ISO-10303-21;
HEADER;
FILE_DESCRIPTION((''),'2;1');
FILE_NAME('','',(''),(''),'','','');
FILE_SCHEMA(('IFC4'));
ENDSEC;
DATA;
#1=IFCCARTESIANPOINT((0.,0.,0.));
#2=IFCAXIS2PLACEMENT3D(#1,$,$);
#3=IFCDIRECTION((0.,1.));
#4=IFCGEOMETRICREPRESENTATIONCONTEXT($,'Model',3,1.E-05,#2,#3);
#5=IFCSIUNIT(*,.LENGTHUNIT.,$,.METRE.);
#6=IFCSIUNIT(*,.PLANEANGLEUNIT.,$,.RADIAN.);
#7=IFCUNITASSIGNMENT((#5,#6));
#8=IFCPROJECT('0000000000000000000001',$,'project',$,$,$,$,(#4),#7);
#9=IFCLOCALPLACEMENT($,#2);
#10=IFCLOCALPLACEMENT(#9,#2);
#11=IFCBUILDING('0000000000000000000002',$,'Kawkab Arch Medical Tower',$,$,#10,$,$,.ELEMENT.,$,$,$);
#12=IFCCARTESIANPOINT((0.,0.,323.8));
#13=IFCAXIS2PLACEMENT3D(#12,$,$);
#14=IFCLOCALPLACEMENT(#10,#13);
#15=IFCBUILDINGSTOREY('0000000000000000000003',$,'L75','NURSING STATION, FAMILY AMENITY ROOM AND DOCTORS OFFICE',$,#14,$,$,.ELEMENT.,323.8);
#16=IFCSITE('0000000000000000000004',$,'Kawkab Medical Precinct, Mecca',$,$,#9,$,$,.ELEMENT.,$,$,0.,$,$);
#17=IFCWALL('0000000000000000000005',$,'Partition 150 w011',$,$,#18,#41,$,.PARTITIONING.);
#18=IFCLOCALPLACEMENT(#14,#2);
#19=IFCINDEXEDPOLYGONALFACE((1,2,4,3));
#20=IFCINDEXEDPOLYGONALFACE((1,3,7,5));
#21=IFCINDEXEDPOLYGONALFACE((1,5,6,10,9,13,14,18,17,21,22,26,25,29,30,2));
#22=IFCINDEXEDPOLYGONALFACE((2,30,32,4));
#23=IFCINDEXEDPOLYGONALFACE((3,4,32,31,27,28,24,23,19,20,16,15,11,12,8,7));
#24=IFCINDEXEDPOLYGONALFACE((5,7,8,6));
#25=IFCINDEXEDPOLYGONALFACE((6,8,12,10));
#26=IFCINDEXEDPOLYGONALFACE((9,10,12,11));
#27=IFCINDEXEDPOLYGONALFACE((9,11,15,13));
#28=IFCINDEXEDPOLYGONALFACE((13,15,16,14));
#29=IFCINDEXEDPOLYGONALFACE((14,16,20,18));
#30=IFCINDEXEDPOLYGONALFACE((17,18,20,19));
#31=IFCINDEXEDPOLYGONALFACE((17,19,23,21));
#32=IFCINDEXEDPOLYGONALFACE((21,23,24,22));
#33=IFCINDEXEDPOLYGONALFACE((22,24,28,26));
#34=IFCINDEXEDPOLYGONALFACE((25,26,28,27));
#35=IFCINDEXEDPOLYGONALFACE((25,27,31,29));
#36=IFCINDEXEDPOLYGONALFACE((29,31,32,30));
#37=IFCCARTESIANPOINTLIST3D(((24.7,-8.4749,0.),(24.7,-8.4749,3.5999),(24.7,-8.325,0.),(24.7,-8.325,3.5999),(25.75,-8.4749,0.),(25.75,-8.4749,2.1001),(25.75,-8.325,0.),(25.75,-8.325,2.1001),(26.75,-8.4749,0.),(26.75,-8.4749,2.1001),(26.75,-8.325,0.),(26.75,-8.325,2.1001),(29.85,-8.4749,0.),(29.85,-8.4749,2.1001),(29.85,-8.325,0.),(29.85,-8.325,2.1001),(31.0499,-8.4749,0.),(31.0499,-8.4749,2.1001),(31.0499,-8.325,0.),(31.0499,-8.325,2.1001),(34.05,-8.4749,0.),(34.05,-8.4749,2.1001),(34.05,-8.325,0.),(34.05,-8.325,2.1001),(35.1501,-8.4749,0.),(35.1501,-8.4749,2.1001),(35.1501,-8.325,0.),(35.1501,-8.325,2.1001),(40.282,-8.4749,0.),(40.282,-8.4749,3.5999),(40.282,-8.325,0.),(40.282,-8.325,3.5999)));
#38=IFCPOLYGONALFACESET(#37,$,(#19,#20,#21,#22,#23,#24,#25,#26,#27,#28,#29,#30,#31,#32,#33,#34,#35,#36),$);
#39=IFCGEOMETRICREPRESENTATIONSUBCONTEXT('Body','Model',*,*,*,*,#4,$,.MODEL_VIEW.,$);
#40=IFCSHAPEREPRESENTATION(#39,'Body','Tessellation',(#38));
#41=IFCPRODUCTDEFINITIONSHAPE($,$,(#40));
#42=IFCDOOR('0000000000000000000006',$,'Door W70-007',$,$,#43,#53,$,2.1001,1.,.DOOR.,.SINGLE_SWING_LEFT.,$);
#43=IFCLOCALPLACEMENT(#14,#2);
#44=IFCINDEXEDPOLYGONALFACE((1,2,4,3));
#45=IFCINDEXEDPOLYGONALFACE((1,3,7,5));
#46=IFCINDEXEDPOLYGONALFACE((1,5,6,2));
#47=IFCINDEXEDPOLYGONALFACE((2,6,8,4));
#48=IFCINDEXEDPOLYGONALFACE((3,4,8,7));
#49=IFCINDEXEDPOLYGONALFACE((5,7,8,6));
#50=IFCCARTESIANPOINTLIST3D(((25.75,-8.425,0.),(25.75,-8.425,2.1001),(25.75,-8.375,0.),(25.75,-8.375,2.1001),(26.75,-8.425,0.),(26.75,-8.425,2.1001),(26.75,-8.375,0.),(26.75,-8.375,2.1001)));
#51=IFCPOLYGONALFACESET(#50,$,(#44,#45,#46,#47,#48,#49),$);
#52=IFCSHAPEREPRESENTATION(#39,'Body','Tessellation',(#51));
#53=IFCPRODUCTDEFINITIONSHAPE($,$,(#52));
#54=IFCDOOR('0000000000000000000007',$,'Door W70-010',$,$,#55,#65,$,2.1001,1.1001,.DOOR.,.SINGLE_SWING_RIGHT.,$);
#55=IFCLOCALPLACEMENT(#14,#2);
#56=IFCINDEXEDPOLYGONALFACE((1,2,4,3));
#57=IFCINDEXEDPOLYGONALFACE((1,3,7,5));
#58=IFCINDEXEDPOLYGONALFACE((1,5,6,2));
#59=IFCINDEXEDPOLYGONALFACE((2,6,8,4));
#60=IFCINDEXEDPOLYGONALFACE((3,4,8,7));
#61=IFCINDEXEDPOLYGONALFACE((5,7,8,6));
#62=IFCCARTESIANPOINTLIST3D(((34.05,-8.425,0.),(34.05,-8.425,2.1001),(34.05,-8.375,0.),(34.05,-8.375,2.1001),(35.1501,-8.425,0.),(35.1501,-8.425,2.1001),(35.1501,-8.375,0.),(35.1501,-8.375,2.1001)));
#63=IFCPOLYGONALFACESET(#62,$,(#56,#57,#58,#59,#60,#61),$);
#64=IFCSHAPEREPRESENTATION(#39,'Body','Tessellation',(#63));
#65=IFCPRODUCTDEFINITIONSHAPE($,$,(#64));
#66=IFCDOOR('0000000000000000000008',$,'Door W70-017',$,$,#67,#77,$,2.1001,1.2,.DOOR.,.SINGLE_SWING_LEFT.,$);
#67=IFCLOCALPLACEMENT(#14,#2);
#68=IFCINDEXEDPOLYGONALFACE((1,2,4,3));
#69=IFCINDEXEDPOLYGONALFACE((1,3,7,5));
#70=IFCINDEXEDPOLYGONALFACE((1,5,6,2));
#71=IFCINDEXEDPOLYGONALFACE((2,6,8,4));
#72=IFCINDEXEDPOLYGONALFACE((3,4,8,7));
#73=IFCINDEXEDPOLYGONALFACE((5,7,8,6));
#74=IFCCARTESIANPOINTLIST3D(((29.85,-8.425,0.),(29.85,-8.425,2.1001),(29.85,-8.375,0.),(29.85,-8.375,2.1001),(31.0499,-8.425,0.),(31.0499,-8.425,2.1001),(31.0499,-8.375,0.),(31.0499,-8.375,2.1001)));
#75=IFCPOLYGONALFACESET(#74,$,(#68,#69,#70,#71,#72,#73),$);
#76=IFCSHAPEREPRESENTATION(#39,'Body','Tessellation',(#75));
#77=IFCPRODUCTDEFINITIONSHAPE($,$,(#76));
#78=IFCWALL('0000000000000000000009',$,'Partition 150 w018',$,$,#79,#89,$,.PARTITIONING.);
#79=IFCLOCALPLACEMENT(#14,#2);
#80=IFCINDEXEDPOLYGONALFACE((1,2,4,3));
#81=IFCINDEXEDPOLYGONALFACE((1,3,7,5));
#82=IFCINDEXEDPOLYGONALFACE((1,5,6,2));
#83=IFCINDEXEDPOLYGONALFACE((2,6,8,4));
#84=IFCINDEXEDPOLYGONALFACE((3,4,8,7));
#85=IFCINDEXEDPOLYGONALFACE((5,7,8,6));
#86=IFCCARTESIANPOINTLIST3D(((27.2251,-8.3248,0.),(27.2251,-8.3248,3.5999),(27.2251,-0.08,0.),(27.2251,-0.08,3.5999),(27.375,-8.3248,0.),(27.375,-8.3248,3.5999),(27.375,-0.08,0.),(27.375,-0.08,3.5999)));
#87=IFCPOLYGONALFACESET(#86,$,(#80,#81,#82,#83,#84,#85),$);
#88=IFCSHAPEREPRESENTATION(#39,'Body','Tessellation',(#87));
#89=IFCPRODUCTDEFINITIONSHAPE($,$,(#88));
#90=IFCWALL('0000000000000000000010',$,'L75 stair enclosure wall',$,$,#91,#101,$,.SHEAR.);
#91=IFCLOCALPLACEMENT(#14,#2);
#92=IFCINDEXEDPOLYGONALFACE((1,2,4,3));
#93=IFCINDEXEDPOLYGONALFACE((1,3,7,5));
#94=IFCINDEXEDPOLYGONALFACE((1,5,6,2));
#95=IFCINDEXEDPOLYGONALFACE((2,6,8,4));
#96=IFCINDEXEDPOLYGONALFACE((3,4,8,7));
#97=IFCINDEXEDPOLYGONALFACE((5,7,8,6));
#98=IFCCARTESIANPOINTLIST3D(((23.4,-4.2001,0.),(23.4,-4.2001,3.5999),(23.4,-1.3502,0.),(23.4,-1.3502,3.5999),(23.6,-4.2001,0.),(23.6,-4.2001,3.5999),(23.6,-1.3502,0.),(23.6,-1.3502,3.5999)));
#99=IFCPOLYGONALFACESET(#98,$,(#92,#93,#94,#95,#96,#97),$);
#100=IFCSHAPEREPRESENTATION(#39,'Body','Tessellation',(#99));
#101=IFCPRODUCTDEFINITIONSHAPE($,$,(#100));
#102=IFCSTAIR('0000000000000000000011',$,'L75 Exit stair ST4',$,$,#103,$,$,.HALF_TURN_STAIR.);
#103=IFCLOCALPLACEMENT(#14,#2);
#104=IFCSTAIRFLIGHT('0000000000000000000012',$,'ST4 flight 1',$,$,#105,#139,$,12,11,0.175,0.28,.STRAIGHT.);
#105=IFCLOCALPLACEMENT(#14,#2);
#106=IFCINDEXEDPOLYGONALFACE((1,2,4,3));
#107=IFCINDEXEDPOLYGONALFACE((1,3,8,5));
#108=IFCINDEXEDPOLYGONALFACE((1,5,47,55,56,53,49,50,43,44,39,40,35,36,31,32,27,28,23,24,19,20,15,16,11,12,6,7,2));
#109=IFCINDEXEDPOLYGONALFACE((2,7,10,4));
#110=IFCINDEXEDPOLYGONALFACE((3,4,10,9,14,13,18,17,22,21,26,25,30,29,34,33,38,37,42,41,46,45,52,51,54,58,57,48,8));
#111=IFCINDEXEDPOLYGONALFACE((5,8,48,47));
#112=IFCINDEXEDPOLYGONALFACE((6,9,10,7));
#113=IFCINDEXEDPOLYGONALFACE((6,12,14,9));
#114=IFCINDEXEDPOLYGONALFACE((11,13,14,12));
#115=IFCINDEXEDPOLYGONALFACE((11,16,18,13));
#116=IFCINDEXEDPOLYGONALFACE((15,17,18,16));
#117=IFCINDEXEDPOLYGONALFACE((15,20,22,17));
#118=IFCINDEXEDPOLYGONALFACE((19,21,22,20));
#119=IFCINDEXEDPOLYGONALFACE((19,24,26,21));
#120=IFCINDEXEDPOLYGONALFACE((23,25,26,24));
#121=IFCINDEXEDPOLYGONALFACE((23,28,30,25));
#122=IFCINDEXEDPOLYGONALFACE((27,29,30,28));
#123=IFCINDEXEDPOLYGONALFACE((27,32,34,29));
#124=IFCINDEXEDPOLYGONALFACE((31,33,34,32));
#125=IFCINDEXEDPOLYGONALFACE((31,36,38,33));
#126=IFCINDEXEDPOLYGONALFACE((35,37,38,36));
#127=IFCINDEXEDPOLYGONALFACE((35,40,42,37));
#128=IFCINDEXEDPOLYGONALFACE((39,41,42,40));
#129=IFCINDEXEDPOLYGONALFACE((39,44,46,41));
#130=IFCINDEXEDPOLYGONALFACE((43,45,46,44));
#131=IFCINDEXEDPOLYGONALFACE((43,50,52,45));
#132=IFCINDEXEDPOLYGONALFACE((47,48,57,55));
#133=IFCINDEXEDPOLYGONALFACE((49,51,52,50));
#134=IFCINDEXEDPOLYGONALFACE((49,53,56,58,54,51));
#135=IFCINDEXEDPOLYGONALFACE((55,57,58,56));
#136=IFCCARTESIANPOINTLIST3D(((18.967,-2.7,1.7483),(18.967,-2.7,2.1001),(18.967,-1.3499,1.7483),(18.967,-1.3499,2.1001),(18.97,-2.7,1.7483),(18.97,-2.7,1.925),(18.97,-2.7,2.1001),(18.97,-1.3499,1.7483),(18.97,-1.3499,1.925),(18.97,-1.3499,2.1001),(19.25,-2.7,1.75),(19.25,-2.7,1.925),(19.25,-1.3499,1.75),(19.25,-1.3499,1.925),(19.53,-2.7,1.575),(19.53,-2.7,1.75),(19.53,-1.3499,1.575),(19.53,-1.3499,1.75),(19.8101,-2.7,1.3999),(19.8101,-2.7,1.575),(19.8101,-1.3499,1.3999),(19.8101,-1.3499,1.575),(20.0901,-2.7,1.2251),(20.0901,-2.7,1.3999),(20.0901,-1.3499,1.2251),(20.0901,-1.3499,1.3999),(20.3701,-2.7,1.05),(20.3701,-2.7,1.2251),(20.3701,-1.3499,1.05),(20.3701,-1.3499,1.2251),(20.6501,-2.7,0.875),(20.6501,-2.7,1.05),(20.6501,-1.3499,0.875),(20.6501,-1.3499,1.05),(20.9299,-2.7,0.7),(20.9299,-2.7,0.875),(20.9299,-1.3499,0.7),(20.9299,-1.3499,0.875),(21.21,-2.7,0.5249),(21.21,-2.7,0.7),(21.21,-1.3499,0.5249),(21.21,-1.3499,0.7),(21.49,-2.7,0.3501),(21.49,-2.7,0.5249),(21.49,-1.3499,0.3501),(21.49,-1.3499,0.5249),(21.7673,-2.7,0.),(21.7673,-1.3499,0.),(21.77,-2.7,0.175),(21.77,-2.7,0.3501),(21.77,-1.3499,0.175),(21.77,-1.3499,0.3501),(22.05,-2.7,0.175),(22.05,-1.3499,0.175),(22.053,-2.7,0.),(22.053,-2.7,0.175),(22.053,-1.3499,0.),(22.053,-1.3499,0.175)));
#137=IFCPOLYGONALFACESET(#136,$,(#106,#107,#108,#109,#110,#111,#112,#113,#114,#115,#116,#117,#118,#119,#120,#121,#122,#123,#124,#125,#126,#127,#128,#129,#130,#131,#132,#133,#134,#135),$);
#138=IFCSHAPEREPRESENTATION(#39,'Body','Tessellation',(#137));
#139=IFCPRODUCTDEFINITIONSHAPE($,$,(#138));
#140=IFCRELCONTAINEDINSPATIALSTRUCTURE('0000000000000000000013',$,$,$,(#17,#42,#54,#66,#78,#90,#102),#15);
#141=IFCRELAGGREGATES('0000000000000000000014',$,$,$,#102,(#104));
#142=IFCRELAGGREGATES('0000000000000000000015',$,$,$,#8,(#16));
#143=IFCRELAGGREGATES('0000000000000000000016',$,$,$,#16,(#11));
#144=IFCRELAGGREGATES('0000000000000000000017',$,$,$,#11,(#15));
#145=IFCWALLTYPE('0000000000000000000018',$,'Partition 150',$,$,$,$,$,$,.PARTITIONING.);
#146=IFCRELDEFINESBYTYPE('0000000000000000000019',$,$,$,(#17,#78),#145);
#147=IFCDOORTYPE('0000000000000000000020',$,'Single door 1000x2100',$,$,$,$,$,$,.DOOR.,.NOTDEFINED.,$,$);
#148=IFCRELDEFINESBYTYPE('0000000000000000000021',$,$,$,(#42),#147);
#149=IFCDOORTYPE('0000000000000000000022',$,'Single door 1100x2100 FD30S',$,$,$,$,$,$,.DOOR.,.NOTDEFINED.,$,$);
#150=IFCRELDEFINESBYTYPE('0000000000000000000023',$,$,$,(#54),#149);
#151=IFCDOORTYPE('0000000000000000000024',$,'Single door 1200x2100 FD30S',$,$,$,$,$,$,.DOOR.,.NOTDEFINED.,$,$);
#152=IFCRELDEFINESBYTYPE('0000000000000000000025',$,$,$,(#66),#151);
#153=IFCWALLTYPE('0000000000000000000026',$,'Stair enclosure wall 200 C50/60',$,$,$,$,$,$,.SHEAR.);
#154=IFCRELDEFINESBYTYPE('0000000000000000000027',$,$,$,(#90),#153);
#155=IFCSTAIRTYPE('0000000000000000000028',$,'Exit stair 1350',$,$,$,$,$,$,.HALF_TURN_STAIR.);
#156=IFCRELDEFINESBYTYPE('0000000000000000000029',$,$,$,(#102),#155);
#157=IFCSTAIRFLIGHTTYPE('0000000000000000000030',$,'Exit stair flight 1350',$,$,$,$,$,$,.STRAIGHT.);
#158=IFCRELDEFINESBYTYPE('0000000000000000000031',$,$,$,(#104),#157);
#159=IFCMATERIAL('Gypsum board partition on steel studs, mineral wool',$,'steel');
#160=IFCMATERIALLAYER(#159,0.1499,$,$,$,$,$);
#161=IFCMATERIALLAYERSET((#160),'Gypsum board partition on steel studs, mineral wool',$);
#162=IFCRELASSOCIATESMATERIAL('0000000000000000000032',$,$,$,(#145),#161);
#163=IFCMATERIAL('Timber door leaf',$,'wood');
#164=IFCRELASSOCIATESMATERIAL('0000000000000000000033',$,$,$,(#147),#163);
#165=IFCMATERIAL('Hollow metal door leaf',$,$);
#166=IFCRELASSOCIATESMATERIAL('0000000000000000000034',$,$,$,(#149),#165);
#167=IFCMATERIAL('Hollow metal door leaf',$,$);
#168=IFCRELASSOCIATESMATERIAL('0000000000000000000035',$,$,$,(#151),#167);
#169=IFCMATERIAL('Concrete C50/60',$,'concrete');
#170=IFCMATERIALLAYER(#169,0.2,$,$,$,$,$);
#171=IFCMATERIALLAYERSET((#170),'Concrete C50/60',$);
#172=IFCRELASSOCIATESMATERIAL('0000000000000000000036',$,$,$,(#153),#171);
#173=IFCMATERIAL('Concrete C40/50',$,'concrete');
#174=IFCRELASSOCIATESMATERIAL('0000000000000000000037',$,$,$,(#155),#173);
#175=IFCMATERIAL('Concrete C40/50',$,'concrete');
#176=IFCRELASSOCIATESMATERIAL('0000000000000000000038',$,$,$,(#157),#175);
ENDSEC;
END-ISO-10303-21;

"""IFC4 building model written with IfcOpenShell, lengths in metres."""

from ifc_helpers import new_model, si_unit, direction, frame, frame_2d, origin, place, context, subcontext, project, spatial, polyline, rectangle, outline, extrude, material, layer, layer_set, type_object, element, fill, aggregate, save


model = new_model("IFC4")

# Units and contexts
model_context = context("Model", 3, precision=1e-05, world=origin(), true_north=direction((0.0, 1.0)))
body_context = subcontext(model_context, "Body", "Model", "MODEL_VIEW")
ifc_project = project(units=[si_unit("LENGTHUNIT", "METRE"), si_unit("PLANEANGLEUNIT", "RADIAN")], contexts=[model_context])

# Site, building, storey
site_placement = place(None, origin())
site = spatial("IfcSite", under=ifc_project, at=site_placement, Name="Kawkab Medical Precinct, Mecca", CompositionType="ELEMENT", RefElevation=0.0)
building_placement = place(site_placement, origin())
building = spatial("IfcBuilding", under=site, at=building_placement, Name="Kawkab Arch Medical Tower", CompositionType="ELEMENT")
storey_placement = place(building_placement, frame((0.0, 0.0, 323.8)))
storey = spatial("IfcBuildingStorey", under=building, at=storey_placement, Name="L75", Description="NURSING STATION, FAMILY AMENITY ROOM AND DOCTORS OFFICE", CompositionType="ELEMENT", Elevation=323.8)

# Shared definitions
placement = place(storey_placement, origin())

# Wall, openings, doors
ifc_material_1 = material(Name="Gypsum board partition on steel studs, mineral wool", Category="steel")
ifc_layer_1 = layer(ifc_material_1, 0.1499)
ifc_layer_set_1 = layer_set([ifc_layer_1], Name="Gypsum board partition on steel studs, mineral wool")
wall_type_1 = type_object("IfcWallType", Name="Partition 150", PredefinedType="PARTITIONING", material=ifc_layer_set_1)
wall_1_placement = place(storey_placement, frame((24.7, -8.3999, 0.0), z_axis=(0.0, 0.0, 1.0), x_axis=(1.0, 0.0, 0.0)))
wall_1 = element("IfcWall", 1, at=wall_1_placement, inside=storey, type_object=wall_type_1, Name="Partition 150 w011", PredefinedType="PARTITIONING", context=body_context, shape_type="SweptSolid", body=[
    extrude(rectangle(XDim=15.582, YDim=0.1499, at=frame_2d((7.791, 0.0))), origin(), (0.0, 0.0, 1.0), 3.5999),
])
opening_1_placement = place(wall_1_placement, frame((9.3501, 0.0, 0.0)))
opening_1 = element("IfcOpeningElement", 2, at=opening_1_placement, cuts=wall_1, PredefinedType="OPENING", context=body_context, shape_type="SweptSolid", body=[
    extrude(rectangle(XDim=1.1001, YDim=2.1001, at=frame_2d((0.55, 1.05))), frame((0.0, 0.085, 0.0), z_axis=(0.0, -1.0, 0.0), x_axis=(1.0, 0.0, 0.0)), (0.0, 0.0, 1.0), 0.1699),
])
opening_2_placement = place(wall_1_placement, frame((1.05, 0.0, 0.0)))
opening_2 = element("IfcOpeningElement", 3, at=opening_2_placement, cuts=wall_1, PredefinedType="OPENING", context=body_context, shape_type="SweptSolid", body=[
    extrude(rectangle(XDim=1.0, YDim=2.1001, at=frame_2d((0.5, 1.05))), frame((0.0, 0.085, 0.0), z_axis=(0.0, -1.0, 0.0), x_axis=(1.0, 0.0, 0.0)), (0.0, 0.0, 1.0), 0.1699),
])
opening_3_placement = place(wall_1_placement, frame((5.1499, 0.0, 0.0)))
opening_3 = element("IfcOpeningElement", 4, at=opening_3_placement, cuts=wall_1, PredefinedType="OPENING", context=body_context, shape_type="SweptSolid", body=[
    extrude(rectangle(XDim=1.2, YDim=2.1001, at=frame_2d((0.6001, 1.05))), frame((0.0, 0.085, 0.0), z_axis=(0.0, -1.0, 0.0), x_axis=(1.0, 0.0, 0.0)), (0.0, 0.0, 1.0), 0.1699),
])
ifc_material_2 = material(Name="Timber door leaf", Category="wood")
door_type_1 = type_object("IfcDoorType", Name="Single door 1000x2100", OperationType="NOTDEFINED", PredefinedType="DOOR", material=ifc_material_2)
door_1_placement = place(opening_2_placement, origin())
door_1 = element("IfcDoor", 5, at=door_1_placement, inside=storey, type_object=door_type_1, Name="Door W70-007", OperationType="SINGLE_SWING_LEFT", OverallHeight=2.1001, OverallWidth=1.0, PredefinedType="DOOR", context=body_context, shape_type="SweptSolid", body=[
    extrude(rectangle(XDim=1.0, YDim=2.1001, at=frame_2d((0.5, 1.05))), frame((0.0, 0.0249, 0.0), z_axis=(0.0, -1.0, 0.0), x_axis=(1.0, 0.0, 0.0)), (0.0, 0.0, 1.0), 0.05),
])
fill(opening_2, door_1)
ifc_material_3 = material(Name="Hollow metal door leaf")
door_type_2 = type_object("IfcDoorType", Name="Single door 1100x2100 FD30S", OperationType="NOTDEFINED", PredefinedType="DOOR", material=ifc_material_3)
door_2_placement = place(opening_1_placement, origin())
door_2 = element("IfcDoor", 6, at=door_2_placement, inside=storey, type_object=door_type_2, Name="Door W70-010", OperationType="SINGLE_SWING_RIGHT", OverallHeight=2.1001, OverallWidth=1.1001, PredefinedType="DOOR", context=body_context, shape_type="SweptSolid", body=[
    extrude(rectangle(XDim=1.1001, YDim=2.1001, at=frame_2d((0.55, 1.05))), frame((0.0, 0.0249, 0.0), z_axis=(0.0, -1.0, 0.0), x_axis=(1.0, 0.0, 0.0)), (0.0, 0.0, 1.0), 0.05),
])
fill(opening_1, door_2)
ifc_material_4 = material(Name="Hollow metal door leaf")
door_type_3 = type_object("IfcDoorType", Name="Single door 1200x2100 FD30S", OperationType="NOTDEFINED", PredefinedType="DOOR", material=ifc_material_4)
door_3_placement = place(opening_3_placement, origin())
door_3 = element("IfcDoor", 7, at=door_3_placement, inside=storey, type_object=door_type_3, Name="Door W70-017", OperationType="SINGLE_SWING_LEFT", OverallHeight=2.1001, OverallWidth=1.2, PredefinedType="DOOR", context=body_context, shape_type="SweptSolid", body=[
    extrude(rectangle(XDim=1.2, YDim=2.1001, at=frame_2d((0.6001, 1.05))), frame((0.0, 0.0249, 0.0), z_axis=(0.0, -1.0, 0.0), x_axis=(1.0, 0.0, 0.0)), (0.0, 0.0, 1.0), 0.05),
])
fill(opening_3, door_3)

# Walls
wall_2_placement = place(storey_placement, frame((27.3, -8.325, 0.0), z_axis=(0.0, 0.0, 1.0), x_axis=(0.0, 1.0, 0.0)))
element("IfcWall", 8, at=wall_2_placement, inside=storey, type_object=wall_type_1, Name="Partition 150 w018", PredefinedType="PARTITIONING", context=body_context, shape_type="SweptSolid", body=[
    extrude(rectangle(XDim=8.2449, YDim=0.1499, at=frame_2d((4.1226, 0.0))), origin(), (0.0, 0.0, 1.0), 3.5999),
])
ifc_material_5 = material(Name="Concrete C50/60", Category="concrete")
ifc_layer_2 = layer(ifc_material_5, 0.2)
ifc_layer_set_2 = layer_set([ifc_layer_2], Name="Concrete C50/60")
wall_type_2 = type_object("IfcWallType", Name="Stair enclosure wall 200 C50/60", PredefinedType="SHEAR", material=ifc_layer_set_2)
wall_3_placement = place(storey_placement, frame((23.5, -4.2, 0.0), z_axis=(0.0, 0.0, 1.0), x_axis=(0.0, 1.0, 0.0)))
element("IfcWall", 9, at=wall_3_placement, inside=storey, type_object=wall_type_2, Name="L75 stair enclosure wall", PredefinedType="SHEAR", context=body_context, shape_type="SweptSolid", body=[
    extrude(rectangle(XDim=2.8499, YDim=0.2, at=frame_2d((1.4248, 0.0))), origin(), (0.0, 0.0, 1.0), 3.5999),
])

# Stair, stair flight
ifc_material_6 = material(Name="Concrete C40/50", Category="concrete")
stair_type = type_object("IfcStairType", Name="Exit stair 1350", PredefinedType="HALF_TURN_STAIR", material=ifc_material_6)
stair = element("IfcStair", 10, at=placement, inside=storey, type_object=stair_type, Name="L75 Exit stair ST4", PredefinedType="HALF_TURN_STAIR")
ifc_material_7 = material(Name="Concrete C40/50", Category="concrete")
stair_flight_type = type_object("IfcStairFlightType", Name="Exit stair flight 1350", PredefinedType="STRAIGHT", material=ifc_material_7)
stair_flight_1_placement = place(storey_placement, frame((22.05, -2.0249, 0.0), z_axis=(0.0, 0.0, 1.0), x_axis=(-1.0, 0.0, 0.0)))
stair_flight_1 = element("IfcStairFlight", 11, at=stair_flight_1_placement, type_object=stair_flight_type, Name="ST4 flight 1", NumberOfRisers=12, NumberOfTreads=11, PredefinedType="STRAIGHT", RiserHeight=0.175, TreadLength=0.28, context=body_context, shape_type="SweptSolid", body=[
    extrude(outline(polyline([(-0.0029, 0.0), (-0.0029, 0.175), (0.0, 0.175), (0.28, 0.175), (0.28, 0.3501), (0.5601, 0.3501), (0.5601, 0.5249), (0.8401, 0.5249), (0.8401, 0.7), (1.1201, 0.7), (1.1201, 0.875), (1.3999, 0.875), (1.3999, 1.05), (1.6799, 1.05), (1.6799, 1.2251), (1.96, 1.2251), (1.96, 1.3999), (2.24, 1.3999), (2.24, 1.575), (2.52, 1.575), (2.52, 1.75), (2.8, 1.75), (2.8, 1.925), (3.0801, 1.925), (3.0801, 2.1001), (3.083, 2.1001), (3.083, 1.7483), (3.0801, 1.7483), (0.2827, 0.0), (-0.0029, 0.0)])), frame((0.0, 0.675, 0.0), z_axis=(0.0, -1.0, 0.0), x_axis=(1.0, 0.0, 0.0)), (0.0, 0.0, 1.0), 1.3501),
])
aggregate(stair, [stair_flight_1])

save(model, "model.ifc")
